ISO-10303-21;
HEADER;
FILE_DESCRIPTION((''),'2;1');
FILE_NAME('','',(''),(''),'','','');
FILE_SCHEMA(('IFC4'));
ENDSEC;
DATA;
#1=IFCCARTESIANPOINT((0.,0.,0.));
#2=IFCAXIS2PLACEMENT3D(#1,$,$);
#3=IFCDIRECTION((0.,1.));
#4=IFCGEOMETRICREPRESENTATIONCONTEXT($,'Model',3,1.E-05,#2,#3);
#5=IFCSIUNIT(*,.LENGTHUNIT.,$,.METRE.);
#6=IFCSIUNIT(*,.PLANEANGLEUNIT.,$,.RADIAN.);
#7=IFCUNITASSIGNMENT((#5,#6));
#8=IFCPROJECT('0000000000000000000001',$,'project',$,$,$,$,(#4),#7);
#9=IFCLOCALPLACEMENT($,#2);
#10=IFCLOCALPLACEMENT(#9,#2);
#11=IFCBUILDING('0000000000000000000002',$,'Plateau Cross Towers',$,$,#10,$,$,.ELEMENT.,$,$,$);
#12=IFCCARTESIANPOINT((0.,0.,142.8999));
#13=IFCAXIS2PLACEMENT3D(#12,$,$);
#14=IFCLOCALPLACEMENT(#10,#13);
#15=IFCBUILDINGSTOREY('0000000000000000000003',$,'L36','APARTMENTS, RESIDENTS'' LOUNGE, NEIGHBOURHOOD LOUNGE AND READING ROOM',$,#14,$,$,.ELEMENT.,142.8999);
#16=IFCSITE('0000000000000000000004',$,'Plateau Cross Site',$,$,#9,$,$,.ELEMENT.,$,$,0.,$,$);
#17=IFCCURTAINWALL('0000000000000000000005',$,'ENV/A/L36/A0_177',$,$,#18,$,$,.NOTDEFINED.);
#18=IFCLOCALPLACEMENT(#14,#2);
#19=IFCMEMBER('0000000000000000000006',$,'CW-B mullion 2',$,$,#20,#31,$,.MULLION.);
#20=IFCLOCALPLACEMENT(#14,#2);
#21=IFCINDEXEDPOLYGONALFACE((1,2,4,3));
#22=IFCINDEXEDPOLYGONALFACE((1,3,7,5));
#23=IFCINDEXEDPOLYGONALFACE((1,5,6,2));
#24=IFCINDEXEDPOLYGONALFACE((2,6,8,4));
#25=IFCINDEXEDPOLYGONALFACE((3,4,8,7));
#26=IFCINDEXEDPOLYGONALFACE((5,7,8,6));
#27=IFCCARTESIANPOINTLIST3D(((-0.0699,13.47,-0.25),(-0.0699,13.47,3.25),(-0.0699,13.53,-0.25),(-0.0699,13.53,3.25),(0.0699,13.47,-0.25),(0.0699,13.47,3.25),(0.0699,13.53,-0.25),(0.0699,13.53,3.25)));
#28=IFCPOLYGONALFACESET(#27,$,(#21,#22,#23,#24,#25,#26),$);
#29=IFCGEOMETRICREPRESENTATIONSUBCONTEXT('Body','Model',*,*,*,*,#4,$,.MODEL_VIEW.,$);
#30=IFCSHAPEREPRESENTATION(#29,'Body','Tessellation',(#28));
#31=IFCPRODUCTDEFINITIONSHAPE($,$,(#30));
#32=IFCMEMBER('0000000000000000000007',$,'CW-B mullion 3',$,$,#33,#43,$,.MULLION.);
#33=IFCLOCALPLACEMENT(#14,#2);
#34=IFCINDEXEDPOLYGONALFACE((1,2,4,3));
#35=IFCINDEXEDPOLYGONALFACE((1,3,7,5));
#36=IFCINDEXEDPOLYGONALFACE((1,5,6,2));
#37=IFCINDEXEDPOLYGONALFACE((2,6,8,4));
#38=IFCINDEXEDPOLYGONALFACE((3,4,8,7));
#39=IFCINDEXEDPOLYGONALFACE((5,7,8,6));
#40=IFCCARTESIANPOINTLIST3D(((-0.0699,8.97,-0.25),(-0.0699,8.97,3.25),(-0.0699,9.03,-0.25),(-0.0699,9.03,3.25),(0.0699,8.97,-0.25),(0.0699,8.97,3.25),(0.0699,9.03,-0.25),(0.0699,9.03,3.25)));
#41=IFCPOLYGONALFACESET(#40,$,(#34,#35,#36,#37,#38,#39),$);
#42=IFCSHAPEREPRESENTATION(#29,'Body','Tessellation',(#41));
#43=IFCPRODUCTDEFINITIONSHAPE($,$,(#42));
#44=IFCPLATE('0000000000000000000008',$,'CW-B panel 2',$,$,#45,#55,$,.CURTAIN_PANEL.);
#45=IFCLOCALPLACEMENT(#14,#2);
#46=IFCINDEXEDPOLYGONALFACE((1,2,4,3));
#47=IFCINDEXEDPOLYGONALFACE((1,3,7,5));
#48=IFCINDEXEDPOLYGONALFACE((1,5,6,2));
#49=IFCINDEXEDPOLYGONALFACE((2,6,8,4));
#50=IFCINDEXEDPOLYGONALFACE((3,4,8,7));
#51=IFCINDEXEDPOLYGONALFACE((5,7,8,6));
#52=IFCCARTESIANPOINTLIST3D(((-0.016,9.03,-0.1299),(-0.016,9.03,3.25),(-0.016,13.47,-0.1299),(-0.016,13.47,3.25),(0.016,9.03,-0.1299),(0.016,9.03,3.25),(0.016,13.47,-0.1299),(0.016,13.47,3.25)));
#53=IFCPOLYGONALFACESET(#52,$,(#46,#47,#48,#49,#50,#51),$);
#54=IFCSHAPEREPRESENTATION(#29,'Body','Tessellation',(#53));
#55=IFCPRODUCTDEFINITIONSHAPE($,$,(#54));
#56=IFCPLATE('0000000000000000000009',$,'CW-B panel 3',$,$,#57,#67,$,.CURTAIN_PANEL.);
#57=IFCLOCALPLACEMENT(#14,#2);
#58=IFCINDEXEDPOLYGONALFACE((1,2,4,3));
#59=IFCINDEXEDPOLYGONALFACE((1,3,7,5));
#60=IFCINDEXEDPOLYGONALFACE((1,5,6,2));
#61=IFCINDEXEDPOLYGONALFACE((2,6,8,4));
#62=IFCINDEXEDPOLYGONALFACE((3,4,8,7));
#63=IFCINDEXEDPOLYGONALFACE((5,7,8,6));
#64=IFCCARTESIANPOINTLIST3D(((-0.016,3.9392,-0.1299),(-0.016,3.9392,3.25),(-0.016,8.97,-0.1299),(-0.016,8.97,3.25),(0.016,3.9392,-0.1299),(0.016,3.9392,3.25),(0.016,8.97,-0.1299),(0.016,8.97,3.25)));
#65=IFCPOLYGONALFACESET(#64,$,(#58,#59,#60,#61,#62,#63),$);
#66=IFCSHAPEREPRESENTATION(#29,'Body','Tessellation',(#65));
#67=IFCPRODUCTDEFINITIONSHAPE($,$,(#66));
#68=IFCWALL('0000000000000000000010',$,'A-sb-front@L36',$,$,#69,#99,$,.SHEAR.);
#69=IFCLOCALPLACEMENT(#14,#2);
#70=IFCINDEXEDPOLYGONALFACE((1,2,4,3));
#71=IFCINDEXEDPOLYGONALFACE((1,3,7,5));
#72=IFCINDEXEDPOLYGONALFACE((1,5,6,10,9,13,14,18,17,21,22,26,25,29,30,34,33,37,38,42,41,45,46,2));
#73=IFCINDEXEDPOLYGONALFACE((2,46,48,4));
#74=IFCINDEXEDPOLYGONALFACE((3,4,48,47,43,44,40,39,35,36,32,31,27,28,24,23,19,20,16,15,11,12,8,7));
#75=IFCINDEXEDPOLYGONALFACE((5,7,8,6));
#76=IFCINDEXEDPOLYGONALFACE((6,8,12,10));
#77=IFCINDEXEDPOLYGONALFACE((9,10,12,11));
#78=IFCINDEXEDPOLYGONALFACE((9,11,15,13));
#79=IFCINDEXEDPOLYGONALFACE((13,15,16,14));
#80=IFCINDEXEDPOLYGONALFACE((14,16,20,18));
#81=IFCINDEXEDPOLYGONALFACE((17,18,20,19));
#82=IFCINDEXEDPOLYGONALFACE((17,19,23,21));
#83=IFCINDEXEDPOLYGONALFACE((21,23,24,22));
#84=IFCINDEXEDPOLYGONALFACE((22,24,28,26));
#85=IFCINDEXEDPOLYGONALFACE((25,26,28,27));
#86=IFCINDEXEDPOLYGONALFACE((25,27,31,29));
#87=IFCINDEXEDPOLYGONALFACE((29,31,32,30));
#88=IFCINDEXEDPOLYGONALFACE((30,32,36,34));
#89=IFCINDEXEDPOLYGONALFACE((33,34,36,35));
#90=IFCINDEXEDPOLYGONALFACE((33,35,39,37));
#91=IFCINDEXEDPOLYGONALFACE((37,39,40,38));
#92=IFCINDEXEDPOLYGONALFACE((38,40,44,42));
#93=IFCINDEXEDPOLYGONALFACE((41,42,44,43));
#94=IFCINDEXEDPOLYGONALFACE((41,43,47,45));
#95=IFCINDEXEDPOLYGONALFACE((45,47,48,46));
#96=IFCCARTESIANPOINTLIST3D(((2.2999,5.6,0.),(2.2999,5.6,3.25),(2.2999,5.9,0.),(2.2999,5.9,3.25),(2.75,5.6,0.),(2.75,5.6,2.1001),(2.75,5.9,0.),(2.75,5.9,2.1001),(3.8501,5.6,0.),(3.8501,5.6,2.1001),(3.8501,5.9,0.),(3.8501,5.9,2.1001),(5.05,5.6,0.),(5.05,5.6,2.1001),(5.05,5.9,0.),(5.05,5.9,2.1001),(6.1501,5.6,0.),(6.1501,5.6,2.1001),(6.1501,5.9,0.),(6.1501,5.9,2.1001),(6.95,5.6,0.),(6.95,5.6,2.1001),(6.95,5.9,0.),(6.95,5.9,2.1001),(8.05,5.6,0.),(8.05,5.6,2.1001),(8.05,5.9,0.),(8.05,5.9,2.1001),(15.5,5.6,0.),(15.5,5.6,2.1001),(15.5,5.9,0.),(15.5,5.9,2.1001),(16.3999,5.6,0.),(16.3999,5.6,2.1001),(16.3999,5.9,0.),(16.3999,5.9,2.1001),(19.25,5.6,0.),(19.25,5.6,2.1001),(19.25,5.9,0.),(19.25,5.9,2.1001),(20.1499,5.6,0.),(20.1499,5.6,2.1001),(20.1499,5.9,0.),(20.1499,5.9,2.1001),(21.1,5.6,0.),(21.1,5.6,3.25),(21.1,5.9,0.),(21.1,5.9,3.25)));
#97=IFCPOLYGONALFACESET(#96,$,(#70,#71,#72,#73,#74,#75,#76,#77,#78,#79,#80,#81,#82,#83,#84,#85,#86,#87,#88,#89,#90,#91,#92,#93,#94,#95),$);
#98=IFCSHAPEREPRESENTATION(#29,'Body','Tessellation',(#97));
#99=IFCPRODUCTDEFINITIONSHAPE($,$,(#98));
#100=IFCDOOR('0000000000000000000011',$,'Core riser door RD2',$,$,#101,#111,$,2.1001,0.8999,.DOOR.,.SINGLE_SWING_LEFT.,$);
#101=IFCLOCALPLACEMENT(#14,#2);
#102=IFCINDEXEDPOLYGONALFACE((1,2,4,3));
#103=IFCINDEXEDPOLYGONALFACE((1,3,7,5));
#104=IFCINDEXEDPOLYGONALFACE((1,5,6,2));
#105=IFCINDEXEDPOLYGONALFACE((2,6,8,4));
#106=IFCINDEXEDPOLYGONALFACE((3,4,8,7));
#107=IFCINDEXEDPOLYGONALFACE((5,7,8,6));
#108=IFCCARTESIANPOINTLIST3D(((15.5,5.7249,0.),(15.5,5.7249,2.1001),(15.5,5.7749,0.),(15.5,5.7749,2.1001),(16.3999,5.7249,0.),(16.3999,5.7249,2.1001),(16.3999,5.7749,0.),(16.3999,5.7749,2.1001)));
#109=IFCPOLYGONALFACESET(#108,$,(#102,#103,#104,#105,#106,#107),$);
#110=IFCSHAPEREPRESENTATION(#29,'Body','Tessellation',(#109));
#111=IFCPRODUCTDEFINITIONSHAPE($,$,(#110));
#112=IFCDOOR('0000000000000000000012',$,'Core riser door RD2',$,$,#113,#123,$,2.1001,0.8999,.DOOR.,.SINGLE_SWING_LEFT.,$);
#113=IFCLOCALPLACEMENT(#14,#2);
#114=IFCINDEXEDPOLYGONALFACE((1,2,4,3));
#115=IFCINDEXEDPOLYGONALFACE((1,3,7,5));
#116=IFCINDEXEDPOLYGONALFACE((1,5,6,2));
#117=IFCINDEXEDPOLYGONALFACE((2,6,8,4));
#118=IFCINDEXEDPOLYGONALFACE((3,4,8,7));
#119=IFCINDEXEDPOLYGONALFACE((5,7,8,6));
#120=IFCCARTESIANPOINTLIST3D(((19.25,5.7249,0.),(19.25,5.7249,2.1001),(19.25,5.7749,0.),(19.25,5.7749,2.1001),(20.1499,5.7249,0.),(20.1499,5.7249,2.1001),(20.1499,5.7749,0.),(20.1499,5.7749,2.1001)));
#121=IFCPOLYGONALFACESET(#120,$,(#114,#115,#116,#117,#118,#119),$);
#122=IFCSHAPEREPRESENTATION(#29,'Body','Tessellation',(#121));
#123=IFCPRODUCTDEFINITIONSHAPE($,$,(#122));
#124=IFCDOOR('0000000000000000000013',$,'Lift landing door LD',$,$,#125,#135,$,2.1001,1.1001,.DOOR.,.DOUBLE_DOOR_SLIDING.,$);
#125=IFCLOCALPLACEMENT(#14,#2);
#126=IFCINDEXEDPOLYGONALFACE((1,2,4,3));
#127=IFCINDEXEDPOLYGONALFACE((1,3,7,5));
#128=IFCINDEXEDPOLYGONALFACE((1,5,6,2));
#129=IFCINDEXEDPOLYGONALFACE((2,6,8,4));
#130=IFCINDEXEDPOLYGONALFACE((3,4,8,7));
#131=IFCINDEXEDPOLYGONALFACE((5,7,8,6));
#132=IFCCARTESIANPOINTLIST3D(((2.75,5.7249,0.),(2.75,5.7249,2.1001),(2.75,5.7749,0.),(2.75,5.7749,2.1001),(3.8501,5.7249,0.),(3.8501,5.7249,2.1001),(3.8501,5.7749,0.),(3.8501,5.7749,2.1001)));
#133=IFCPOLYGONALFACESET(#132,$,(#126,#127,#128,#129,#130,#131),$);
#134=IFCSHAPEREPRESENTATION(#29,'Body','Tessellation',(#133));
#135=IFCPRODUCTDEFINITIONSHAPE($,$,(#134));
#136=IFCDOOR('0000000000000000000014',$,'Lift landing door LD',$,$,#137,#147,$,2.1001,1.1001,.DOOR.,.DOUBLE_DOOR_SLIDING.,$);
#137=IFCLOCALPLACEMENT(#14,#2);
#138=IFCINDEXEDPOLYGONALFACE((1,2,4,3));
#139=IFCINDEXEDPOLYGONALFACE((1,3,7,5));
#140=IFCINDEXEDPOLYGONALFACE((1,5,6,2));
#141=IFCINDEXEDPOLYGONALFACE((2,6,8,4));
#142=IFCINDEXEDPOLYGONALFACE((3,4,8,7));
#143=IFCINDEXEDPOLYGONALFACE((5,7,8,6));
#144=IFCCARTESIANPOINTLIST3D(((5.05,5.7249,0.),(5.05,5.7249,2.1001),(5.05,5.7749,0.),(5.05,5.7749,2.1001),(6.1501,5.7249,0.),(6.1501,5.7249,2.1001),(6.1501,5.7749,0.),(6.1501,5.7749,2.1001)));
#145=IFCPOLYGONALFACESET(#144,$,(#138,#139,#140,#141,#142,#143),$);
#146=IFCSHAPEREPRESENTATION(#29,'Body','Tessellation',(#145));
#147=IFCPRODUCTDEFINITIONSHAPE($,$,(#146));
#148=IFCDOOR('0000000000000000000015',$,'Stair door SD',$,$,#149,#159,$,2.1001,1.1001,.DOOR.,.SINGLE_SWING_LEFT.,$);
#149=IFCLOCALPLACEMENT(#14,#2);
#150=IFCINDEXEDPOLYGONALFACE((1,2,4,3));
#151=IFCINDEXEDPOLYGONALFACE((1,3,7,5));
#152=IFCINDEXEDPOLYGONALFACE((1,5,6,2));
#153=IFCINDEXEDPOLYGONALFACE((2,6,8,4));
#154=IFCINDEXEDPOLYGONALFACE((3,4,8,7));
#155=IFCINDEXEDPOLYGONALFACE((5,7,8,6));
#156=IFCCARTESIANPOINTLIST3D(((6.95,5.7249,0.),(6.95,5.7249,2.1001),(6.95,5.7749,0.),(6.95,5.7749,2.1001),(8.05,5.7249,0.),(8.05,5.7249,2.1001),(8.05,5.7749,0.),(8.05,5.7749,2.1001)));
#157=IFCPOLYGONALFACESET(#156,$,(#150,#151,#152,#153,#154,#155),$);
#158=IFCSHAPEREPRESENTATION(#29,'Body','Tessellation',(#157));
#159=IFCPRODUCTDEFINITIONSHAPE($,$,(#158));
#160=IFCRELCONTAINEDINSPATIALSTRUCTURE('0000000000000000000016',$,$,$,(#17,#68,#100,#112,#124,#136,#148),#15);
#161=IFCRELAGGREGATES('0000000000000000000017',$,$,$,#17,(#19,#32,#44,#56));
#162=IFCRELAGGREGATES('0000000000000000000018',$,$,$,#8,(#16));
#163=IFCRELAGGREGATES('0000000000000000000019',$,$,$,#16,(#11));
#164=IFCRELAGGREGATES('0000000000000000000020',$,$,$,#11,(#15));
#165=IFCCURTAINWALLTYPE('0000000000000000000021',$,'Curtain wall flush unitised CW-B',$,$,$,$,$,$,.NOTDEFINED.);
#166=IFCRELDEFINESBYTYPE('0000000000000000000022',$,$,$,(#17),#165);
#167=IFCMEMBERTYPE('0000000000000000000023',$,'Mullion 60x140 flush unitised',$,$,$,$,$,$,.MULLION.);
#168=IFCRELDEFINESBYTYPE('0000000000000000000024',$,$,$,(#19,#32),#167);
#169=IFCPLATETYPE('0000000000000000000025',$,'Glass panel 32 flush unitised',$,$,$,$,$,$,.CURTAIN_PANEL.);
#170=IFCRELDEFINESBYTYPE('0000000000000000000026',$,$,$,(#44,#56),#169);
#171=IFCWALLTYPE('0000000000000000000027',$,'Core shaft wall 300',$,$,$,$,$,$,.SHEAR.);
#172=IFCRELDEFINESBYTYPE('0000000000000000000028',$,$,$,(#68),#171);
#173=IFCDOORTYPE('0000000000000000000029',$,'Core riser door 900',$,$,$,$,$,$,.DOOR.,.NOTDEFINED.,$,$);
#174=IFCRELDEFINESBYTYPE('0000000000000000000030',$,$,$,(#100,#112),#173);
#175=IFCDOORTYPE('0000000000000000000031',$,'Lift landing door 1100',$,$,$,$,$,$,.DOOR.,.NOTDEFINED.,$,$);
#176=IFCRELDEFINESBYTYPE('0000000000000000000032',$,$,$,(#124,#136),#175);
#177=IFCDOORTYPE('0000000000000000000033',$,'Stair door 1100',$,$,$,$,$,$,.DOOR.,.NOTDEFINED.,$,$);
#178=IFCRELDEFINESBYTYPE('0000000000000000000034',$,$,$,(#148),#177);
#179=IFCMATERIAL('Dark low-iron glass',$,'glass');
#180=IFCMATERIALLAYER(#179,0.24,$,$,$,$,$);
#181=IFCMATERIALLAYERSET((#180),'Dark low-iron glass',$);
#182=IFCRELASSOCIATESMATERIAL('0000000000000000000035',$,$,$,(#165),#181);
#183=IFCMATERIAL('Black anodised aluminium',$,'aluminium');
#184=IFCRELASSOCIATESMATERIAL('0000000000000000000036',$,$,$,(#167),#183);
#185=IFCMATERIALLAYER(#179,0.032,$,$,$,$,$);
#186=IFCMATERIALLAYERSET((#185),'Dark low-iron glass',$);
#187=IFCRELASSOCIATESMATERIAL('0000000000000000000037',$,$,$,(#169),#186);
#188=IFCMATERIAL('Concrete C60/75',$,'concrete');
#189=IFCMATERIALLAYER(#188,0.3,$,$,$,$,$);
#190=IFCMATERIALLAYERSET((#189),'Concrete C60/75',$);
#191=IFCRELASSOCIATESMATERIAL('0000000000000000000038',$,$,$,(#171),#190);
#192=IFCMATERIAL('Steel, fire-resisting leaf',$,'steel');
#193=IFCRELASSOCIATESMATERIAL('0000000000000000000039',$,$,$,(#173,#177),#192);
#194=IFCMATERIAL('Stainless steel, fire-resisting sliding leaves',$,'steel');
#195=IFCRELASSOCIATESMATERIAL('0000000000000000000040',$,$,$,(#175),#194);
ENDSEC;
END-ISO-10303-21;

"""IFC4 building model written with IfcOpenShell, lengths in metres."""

from ifc_helpers import new_model, si_unit, direction, frame, frame_2d, origin, origin_2d, place, context, subcontext, project, spatial, rectangle, extrude, material, layer, layer_set, material_profile, profile_set, type_object, element, fill, aggregate, save


model = new_model("IFC4")

# Units and contexts
model_context = context("Model", 3, precision=1e-05, world=origin(), true_north=direction((0.0, 1.0)))
body_context = subcontext(model_context, "Body", "Model", "MODEL_VIEW")
ifc_project = project(units=[si_unit("LENGTHUNIT", "METRE"), si_unit("PLANEANGLEUNIT", "RADIAN")], contexts=[model_context])

# Site, building, storey
site_placement = place(None, origin())
site = spatial("IfcSite", under=ifc_project, at=site_placement, Name="Plateau Cross Site", CompositionType="ELEMENT", RefElevation=0.0)
building_placement = place(site_placement, origin())
building = spatial("IfcBuilding", under=site, at=building_placement, Name="Plateau Cross Towers", CompositionType="ELEMENT")
storey_placement = place(building_placement, frame((0.0, 0.0, 142.8999)))
storey = spatial("IfcBuildingStorey", under=building, at=storey_placement, Name="L36", Description="APARTMENTS, RESIDENTS' LOUNGE, NEIGHBOURHOOD LOUNGE AND READING ROOM", CompositionType="ELEMENT", Elevation=142.8999)

# Curtain wall, members, plates
ifc_material_1 = material(Name="Dark low-iron glass", Category="glass")
ifc_layer_1 = layer(ifc_material_1, 0.24)
ifc_layer_set_1 = layer_set([ifc_layer_1], Name="Dark low-iron glass")
curtain_wall_type = type_object("IfcCurtainWallType", Name="Curtain wall flush unitised CW-B", PredefinedType="NOTDEFINED", material=ifc_layer_set_1)
curtain_wall_placement = place(storey_placement, origin())
curtain_wall = element("IfcCurtainWall", 1, at=curtain_wall_placement, inside=storey, type_object=curtain_wall_type, Name="ENV/A/L36/A0_177", PredefinedType="NOTDEFINED")
ifc_material_2 = material(Name="Black anodised aluminium", Category="aluminium")
ifc_material_profile = material_profile(ifc_material_2, rectangle(XDim=0.0601, YDim=0.1399, at=origin_2d()), Name="MULLION 60x140")
ifc_profile_set = profile_set([ifc_material_profile], Name="Black anodised aluminium")
member_type = type_object("IfcMemberType", Name="Mullion 60x140 flush unitised", PredefinedType="MULLION", material=ifc_profile_set)
member_1_placement = place(storey_placement, frame((0.0, 13.5, -0.25), z_axis=(0.0, 0.0, 1.0), x_axis=(0.0, -1.0, 0.0)))
member_1 = element("IfcMember", 2, at=member_1_placement, type_object=member_type, Name="CW-B mullion 2", PredefinedType="MULLION", context=body_context, shape_type="SweptSolid", body=[
    extrude(rectangle(XDim=0.0601, YDim=0.1399, at=origin_2d()), origin(), (0.0, 0.0, 1.0), 3.5),
])
member_2_placement = place(storey_placement, frame((0.0, 9.0, -0.25), z_axis=(0.0, 0.0, 1.0), x_axis=(0.0, -1.0, 0.0)))
member_2 = element("IfcMember", 3, at=member_2_placement, type_object=member_type, Name="CW-B mullion 3", PredefinedType="MULLION", context=body_context, shape_type="SweptSolid", body=[
    extrude(rectangle(XDim=0.0601, YDim=0.1399, at=origin_2d()), origin(), (0.0, 0.0, 1.0), 3.5),
])
ifc_layer_2 = layer(ifc_material_1, 0.032)
ifc_layer_set_2 = layer_set([ifc_layer_2], Name="Dark low-iron glass")
plate_type = type_object("IfcPlateType", Name="Glass panel 32 flush unitised", PredefinedType="CURTAIN_PANEL", material=ifc_layer_set_2)
plate_1_placement = place(storey_placement, frame((0.0, 11.25, -0.1299), z_axis=(0.0, 0.0, 1.0), x_axis=(0.0, -1.0, 0.0)))
plate_1 = element("IfcPlate", 4, at=plate_1_placement, type_object=plate_type, Name="CW-B panel 2", PredefinedType="CURTAIN_PANEL", context=body_context, shape_type="SweptSolid", body=[
    extrude(rectangle(XDim=4.4399, YDim=0.032, at=origin_2d()), origin(), (0.0, 0.0, 1.0), 3.3799),
])
plate_2_placement = place(storey_placement, frame((0.0, 6.4546, -0.1299), z_axis=(0.0, 0.0, 1.0), x_axis=(0.0, -1.0, 0.0)))
plate_2 = element("IfcPlate", 5, at=plate_2_placement, type_object=plate_type, Name="CW-B panel 3", PredefinedType="CURTAIN_PANEL", context=body_context, shape_type="SweptSolid", body=[
    extrude(rectangle(XDim=5.0308, YDim=0.032, at=origin_2d()), origin(), (0.0, 0.0, 1.0), 3.3799),
])
aggregate(curtain_wall, [member_1, member_2, plate_1, plate_2])

# Wall, openings, doors
ifc_material_3 = material(Name="Concrete C60/75", Category="concrete")
ifc_layer_3 = layer(ifc_material_3, 0.3)
ifc_layer_set_3 = layer_set([ifc_layer_3], Name="Concrete C60/75")
wall_type = type_object("IfcWallType", Name="Core shaft wall 300", PredefinedType="SHEAR", material=ifc_layer_set_3)
wall_1_placement = place(storey_placement, frame((2.3, 5.75, 0.0), z_axis=(0.0, 0.0, 1.0), x_axis=(1.0, 0.0, 0.0)))
wall_1 = element("IfcWall", 6, at=wall_1_placement, inside=storey, type_object=wall_type, Name="A-sb-front@L36", PredefinedType="SHEAR", context=body_context, shape_type="SweptSolid", body=[
    extrude(rectangle(XDim=18.8, YDim=0.3, at=frame_2d((9.3999, 0.0))), origin(), (0.0, 0.0, 1.0), 3.25),
])
opening_1_placement = place(wall_1_placement, frame((4.6499, 0.0, 0.0)))
opening_1 = element("IfcOpeningElement", 7, at=opening_1_placement, cuts=wall_1, PredefinedType="OPENING", context=body_context, shape_type="SweptSolid", body=[
    extrude(rectangle(XDim=1.1001, YDim=2.1001, at=frame_2d((0.55, 1.05))), frame((0.0, 0.1599, 0.0), z_axis=(0.0, -1.0, 0.0), x_axis=(1.0, 0.0, 0.0)), (0.0, 0.0, 1.0), 0.3201),
])
opening_2_placement = place(wall_1_placement, frame((0.45, 0.0, 0.0)))
opening_2 = element("IfcOpeningElement", 8, at=opening_2_placement, cuts=wall_1, PredefinedType="OPENING", context=body_context, shape_type="SweptSolid", body=[
    extrude(rectangle(XDim=1.1001, YDim=2.1001, at=frame_2d((0.55, 1.05))), frame((0.0, 0.1599, 0.0), z_axis=(0.0, -1.0, 0.0), x_axis=(1.0, 0.0, 0.0)), (0.0, 0.0, 1.0), 0.3201),
])
opening_3_placement = place(wall_1_placement, frame((2.75, 0.0, 0.0)))
opening_3 = element("IfcOpeningElement", 9, at=opening_3_placement, cuts=wall_1, PredefinedType="OPENING", context=body_context, shape_type="SweptSolid", body=[
    extrude(rectangle(XDim=1.1001, YDim=2.1001, at=frame_2d((0.55, 1.05))), frame((0.0, 0.1599, 0.0), z_axis=(0.0, -1.0, 0.0), x_axis=(1.0, 0.0, 0.0)), (0.0, 0.0, 1.0), 0.3201),
])
opening_4_placement = place(wall_1_placement, frame((13.2, 0.0, 0.0)))
opening_4 = element("IfcOpeningElement", 10, at=opening_4_placement, cuts=wall_1, PredefinedType="OPENING", context=body_context, shape_type="SweptSolid", body=[
    extrude(rectangle(XDim=0.8999, YDim=2.1001, at=frame_2d((0.45, 1.05))), frame((0.0, 0.1599, 0.0), z_axis=(0.0, -1.0, 0.0), x_axis=(1.0, 0.0, 0.0)), (0.0, 0.0, 1.0), 0.3201),
])
opening_5_placement = place(wall_1_placement, frame((16.95, 0.0, 0.0)))
opening_5 = element("IfcOpeningElement", 11, at=opening_5_placement, cuts=wall_1, PredefinedType="OPENING", context=body_context, shape_type="SweptSolid", body=[
    extrude(rectangle(XDim=0.8999, YDim=2.1001, at=frame_2d((0.45, 1.05))), frame((0.0, 0.1599, 0.0), z_axis=(0.0, -1.0, 0.0), x_axis=(1.0, 0.0, 0.0)), (0.0, 0.0, 1.0), 0.3201),
])
ifc_material_4 = material(Name="Steel, fire-resisting leaf", Category="steel")
door_type_1 = type_object("IfcDoorType", Name="Core riser door 900", OperationType="NOTDEFINED", PredefinedType="DOOR", material=ifc_material_4)
door_1_placement = place(opening_4_placement, origin())
door_1 = element("IfcDoor", 12, at=door_1_placement, inside=storey, type_object=door_type_1, Name="Core riser door RD2", OperationType="SINGLE_SWING_LEFT", OverallHeight=2.1001, OverallWidth=0.8999, PredefinedType="DOOR", context=body_context, shape_type="SweptSolid", body=[
    extrude(rectangle(XDim=0.8999, YDim=2.1001, at=frame_2d((0.45, 1.05))), frame((0.0, 0.0249, 0.0), z_axis=(0.0, -1.0, 0.0), x_axis=(1.0, 0.0, 0.0)), (0.0, 0.0, 1.0), 0.05),
])
fill(opening_4, door_1)
door_2_placement = place(opening_5_placement, origin())
door_2 = element("IfcDoor", 13, at=door_2_placement, inside=storey, type_object=door_type_1, Name="Core riser door RD2", OperationType="SINGLE_SWING_LEFT", OverallHeight=2.1001, OverallWidth=0.8999, PredefinedType="DOOR", context=body_context, shape_type="SweptSolid", body=[
    extrude(rectangle(XDim=0.8999, YDim=2.1001, at=frame_2d((0.45, 1.05))), frame((0.0, 0.0249, 0.0), z_axis=(0.0, -1.0, 0.0), x_axis=(1.0, 0.0, 0.0)), (0.0, 0.0, 1.0), 0.05),
])
fill(opening_5, door_2)
ifc_material_5 = material(Name="Stainless steel, fire-resisting sliding leaves", Category="steel")
door_type_2 = type_object("IfcDoorType", Name="Lift landing door 1100", OperationType="NOTDEFINED", PredefinedType="DOOR", material=ifc_material_5)
door_3_placement = place(opening_2_placement, origin())
door_3 = element("IfcDoor", 14, at=door_3_placement, inside=storey, type_object=door_type_2, Name="Lift landing door LD", OperationType="DOUBLE_DOOR_SLIDING", OverallHeight=2.1001, OverallWidth=1.1001, PredefinedType="DOOR", context=body_context, shape_type="SweptSolid", body=[
    extrude(rectangle(XDim=1.1001, YDim=2.1001, at=frame_2d((0.55, 1.05))), frame((0.0, 0.0249, 0.0), z_axis=(0.0, -1.0, 0.0), x_axis=(1.0, 0.0, 0.0)), (0.0, 0.0, 1.0), 0.05),
])
fill(opening_2, door_3)
door_4_placement = place(opening_3_placement, origin())
door_4 = element("IfcDoor", 15, at=door_4_placement, inside=storey, type_object=door_type_2, Name="Lift landing door LD", OperationType="DOUBLE_DOOR_SLIDING", OverallHeight=2.1001, OverallWidth=1.1001, PredefinedType="DOOR", context=body_context, shape_type="SweptSolid", body=[
    extrude(rectangle(XDim=1.1001, YDim=2.1001, at=frame_2d((0.55, 1.05))), frame((0.0, 0.0249, 0.0), z_axis=(0.0, -1.0, 0.0), x_axis=(1.0, 0.0, 0.0)), (0.0, 0.0, 1.0), 0.05),
])
fill(opening_3, door_4)
door_type_3 = type_object("IfcDoorType", Name="Stair door 1100", OperationType="NOTDEFINED", PredefinedType="DOOR", material=ifc_material_4)
door_5_placement = place(opening_1_placement, origin())
door_5 = element("IfcDoor", 16, at=door_5_placement, inside=storey, type_object=door_type_3, Name="Stair door SD", OperationType="SINGLE_SWING_LEFT", OverallHeight=2.1001, OverallWidth=1.1001, PredefinedType="DOOR", context=body_context, shape_type="SweptSolid", body=[
    extrude(rectangle(XDim=1.1001, YDim=2.1001, at=frame_2d((0.55, 1.05))), frame((0.0, 0.0249, 0.0), z_axis=(0.0, -1.0, 0.0), x_axis=(1.0, 0.0, 0.0)), (0.0, 0.0, 1.0), 0.05),
])
fill(opening_1, door_5)

save(model, "model.ifc")
